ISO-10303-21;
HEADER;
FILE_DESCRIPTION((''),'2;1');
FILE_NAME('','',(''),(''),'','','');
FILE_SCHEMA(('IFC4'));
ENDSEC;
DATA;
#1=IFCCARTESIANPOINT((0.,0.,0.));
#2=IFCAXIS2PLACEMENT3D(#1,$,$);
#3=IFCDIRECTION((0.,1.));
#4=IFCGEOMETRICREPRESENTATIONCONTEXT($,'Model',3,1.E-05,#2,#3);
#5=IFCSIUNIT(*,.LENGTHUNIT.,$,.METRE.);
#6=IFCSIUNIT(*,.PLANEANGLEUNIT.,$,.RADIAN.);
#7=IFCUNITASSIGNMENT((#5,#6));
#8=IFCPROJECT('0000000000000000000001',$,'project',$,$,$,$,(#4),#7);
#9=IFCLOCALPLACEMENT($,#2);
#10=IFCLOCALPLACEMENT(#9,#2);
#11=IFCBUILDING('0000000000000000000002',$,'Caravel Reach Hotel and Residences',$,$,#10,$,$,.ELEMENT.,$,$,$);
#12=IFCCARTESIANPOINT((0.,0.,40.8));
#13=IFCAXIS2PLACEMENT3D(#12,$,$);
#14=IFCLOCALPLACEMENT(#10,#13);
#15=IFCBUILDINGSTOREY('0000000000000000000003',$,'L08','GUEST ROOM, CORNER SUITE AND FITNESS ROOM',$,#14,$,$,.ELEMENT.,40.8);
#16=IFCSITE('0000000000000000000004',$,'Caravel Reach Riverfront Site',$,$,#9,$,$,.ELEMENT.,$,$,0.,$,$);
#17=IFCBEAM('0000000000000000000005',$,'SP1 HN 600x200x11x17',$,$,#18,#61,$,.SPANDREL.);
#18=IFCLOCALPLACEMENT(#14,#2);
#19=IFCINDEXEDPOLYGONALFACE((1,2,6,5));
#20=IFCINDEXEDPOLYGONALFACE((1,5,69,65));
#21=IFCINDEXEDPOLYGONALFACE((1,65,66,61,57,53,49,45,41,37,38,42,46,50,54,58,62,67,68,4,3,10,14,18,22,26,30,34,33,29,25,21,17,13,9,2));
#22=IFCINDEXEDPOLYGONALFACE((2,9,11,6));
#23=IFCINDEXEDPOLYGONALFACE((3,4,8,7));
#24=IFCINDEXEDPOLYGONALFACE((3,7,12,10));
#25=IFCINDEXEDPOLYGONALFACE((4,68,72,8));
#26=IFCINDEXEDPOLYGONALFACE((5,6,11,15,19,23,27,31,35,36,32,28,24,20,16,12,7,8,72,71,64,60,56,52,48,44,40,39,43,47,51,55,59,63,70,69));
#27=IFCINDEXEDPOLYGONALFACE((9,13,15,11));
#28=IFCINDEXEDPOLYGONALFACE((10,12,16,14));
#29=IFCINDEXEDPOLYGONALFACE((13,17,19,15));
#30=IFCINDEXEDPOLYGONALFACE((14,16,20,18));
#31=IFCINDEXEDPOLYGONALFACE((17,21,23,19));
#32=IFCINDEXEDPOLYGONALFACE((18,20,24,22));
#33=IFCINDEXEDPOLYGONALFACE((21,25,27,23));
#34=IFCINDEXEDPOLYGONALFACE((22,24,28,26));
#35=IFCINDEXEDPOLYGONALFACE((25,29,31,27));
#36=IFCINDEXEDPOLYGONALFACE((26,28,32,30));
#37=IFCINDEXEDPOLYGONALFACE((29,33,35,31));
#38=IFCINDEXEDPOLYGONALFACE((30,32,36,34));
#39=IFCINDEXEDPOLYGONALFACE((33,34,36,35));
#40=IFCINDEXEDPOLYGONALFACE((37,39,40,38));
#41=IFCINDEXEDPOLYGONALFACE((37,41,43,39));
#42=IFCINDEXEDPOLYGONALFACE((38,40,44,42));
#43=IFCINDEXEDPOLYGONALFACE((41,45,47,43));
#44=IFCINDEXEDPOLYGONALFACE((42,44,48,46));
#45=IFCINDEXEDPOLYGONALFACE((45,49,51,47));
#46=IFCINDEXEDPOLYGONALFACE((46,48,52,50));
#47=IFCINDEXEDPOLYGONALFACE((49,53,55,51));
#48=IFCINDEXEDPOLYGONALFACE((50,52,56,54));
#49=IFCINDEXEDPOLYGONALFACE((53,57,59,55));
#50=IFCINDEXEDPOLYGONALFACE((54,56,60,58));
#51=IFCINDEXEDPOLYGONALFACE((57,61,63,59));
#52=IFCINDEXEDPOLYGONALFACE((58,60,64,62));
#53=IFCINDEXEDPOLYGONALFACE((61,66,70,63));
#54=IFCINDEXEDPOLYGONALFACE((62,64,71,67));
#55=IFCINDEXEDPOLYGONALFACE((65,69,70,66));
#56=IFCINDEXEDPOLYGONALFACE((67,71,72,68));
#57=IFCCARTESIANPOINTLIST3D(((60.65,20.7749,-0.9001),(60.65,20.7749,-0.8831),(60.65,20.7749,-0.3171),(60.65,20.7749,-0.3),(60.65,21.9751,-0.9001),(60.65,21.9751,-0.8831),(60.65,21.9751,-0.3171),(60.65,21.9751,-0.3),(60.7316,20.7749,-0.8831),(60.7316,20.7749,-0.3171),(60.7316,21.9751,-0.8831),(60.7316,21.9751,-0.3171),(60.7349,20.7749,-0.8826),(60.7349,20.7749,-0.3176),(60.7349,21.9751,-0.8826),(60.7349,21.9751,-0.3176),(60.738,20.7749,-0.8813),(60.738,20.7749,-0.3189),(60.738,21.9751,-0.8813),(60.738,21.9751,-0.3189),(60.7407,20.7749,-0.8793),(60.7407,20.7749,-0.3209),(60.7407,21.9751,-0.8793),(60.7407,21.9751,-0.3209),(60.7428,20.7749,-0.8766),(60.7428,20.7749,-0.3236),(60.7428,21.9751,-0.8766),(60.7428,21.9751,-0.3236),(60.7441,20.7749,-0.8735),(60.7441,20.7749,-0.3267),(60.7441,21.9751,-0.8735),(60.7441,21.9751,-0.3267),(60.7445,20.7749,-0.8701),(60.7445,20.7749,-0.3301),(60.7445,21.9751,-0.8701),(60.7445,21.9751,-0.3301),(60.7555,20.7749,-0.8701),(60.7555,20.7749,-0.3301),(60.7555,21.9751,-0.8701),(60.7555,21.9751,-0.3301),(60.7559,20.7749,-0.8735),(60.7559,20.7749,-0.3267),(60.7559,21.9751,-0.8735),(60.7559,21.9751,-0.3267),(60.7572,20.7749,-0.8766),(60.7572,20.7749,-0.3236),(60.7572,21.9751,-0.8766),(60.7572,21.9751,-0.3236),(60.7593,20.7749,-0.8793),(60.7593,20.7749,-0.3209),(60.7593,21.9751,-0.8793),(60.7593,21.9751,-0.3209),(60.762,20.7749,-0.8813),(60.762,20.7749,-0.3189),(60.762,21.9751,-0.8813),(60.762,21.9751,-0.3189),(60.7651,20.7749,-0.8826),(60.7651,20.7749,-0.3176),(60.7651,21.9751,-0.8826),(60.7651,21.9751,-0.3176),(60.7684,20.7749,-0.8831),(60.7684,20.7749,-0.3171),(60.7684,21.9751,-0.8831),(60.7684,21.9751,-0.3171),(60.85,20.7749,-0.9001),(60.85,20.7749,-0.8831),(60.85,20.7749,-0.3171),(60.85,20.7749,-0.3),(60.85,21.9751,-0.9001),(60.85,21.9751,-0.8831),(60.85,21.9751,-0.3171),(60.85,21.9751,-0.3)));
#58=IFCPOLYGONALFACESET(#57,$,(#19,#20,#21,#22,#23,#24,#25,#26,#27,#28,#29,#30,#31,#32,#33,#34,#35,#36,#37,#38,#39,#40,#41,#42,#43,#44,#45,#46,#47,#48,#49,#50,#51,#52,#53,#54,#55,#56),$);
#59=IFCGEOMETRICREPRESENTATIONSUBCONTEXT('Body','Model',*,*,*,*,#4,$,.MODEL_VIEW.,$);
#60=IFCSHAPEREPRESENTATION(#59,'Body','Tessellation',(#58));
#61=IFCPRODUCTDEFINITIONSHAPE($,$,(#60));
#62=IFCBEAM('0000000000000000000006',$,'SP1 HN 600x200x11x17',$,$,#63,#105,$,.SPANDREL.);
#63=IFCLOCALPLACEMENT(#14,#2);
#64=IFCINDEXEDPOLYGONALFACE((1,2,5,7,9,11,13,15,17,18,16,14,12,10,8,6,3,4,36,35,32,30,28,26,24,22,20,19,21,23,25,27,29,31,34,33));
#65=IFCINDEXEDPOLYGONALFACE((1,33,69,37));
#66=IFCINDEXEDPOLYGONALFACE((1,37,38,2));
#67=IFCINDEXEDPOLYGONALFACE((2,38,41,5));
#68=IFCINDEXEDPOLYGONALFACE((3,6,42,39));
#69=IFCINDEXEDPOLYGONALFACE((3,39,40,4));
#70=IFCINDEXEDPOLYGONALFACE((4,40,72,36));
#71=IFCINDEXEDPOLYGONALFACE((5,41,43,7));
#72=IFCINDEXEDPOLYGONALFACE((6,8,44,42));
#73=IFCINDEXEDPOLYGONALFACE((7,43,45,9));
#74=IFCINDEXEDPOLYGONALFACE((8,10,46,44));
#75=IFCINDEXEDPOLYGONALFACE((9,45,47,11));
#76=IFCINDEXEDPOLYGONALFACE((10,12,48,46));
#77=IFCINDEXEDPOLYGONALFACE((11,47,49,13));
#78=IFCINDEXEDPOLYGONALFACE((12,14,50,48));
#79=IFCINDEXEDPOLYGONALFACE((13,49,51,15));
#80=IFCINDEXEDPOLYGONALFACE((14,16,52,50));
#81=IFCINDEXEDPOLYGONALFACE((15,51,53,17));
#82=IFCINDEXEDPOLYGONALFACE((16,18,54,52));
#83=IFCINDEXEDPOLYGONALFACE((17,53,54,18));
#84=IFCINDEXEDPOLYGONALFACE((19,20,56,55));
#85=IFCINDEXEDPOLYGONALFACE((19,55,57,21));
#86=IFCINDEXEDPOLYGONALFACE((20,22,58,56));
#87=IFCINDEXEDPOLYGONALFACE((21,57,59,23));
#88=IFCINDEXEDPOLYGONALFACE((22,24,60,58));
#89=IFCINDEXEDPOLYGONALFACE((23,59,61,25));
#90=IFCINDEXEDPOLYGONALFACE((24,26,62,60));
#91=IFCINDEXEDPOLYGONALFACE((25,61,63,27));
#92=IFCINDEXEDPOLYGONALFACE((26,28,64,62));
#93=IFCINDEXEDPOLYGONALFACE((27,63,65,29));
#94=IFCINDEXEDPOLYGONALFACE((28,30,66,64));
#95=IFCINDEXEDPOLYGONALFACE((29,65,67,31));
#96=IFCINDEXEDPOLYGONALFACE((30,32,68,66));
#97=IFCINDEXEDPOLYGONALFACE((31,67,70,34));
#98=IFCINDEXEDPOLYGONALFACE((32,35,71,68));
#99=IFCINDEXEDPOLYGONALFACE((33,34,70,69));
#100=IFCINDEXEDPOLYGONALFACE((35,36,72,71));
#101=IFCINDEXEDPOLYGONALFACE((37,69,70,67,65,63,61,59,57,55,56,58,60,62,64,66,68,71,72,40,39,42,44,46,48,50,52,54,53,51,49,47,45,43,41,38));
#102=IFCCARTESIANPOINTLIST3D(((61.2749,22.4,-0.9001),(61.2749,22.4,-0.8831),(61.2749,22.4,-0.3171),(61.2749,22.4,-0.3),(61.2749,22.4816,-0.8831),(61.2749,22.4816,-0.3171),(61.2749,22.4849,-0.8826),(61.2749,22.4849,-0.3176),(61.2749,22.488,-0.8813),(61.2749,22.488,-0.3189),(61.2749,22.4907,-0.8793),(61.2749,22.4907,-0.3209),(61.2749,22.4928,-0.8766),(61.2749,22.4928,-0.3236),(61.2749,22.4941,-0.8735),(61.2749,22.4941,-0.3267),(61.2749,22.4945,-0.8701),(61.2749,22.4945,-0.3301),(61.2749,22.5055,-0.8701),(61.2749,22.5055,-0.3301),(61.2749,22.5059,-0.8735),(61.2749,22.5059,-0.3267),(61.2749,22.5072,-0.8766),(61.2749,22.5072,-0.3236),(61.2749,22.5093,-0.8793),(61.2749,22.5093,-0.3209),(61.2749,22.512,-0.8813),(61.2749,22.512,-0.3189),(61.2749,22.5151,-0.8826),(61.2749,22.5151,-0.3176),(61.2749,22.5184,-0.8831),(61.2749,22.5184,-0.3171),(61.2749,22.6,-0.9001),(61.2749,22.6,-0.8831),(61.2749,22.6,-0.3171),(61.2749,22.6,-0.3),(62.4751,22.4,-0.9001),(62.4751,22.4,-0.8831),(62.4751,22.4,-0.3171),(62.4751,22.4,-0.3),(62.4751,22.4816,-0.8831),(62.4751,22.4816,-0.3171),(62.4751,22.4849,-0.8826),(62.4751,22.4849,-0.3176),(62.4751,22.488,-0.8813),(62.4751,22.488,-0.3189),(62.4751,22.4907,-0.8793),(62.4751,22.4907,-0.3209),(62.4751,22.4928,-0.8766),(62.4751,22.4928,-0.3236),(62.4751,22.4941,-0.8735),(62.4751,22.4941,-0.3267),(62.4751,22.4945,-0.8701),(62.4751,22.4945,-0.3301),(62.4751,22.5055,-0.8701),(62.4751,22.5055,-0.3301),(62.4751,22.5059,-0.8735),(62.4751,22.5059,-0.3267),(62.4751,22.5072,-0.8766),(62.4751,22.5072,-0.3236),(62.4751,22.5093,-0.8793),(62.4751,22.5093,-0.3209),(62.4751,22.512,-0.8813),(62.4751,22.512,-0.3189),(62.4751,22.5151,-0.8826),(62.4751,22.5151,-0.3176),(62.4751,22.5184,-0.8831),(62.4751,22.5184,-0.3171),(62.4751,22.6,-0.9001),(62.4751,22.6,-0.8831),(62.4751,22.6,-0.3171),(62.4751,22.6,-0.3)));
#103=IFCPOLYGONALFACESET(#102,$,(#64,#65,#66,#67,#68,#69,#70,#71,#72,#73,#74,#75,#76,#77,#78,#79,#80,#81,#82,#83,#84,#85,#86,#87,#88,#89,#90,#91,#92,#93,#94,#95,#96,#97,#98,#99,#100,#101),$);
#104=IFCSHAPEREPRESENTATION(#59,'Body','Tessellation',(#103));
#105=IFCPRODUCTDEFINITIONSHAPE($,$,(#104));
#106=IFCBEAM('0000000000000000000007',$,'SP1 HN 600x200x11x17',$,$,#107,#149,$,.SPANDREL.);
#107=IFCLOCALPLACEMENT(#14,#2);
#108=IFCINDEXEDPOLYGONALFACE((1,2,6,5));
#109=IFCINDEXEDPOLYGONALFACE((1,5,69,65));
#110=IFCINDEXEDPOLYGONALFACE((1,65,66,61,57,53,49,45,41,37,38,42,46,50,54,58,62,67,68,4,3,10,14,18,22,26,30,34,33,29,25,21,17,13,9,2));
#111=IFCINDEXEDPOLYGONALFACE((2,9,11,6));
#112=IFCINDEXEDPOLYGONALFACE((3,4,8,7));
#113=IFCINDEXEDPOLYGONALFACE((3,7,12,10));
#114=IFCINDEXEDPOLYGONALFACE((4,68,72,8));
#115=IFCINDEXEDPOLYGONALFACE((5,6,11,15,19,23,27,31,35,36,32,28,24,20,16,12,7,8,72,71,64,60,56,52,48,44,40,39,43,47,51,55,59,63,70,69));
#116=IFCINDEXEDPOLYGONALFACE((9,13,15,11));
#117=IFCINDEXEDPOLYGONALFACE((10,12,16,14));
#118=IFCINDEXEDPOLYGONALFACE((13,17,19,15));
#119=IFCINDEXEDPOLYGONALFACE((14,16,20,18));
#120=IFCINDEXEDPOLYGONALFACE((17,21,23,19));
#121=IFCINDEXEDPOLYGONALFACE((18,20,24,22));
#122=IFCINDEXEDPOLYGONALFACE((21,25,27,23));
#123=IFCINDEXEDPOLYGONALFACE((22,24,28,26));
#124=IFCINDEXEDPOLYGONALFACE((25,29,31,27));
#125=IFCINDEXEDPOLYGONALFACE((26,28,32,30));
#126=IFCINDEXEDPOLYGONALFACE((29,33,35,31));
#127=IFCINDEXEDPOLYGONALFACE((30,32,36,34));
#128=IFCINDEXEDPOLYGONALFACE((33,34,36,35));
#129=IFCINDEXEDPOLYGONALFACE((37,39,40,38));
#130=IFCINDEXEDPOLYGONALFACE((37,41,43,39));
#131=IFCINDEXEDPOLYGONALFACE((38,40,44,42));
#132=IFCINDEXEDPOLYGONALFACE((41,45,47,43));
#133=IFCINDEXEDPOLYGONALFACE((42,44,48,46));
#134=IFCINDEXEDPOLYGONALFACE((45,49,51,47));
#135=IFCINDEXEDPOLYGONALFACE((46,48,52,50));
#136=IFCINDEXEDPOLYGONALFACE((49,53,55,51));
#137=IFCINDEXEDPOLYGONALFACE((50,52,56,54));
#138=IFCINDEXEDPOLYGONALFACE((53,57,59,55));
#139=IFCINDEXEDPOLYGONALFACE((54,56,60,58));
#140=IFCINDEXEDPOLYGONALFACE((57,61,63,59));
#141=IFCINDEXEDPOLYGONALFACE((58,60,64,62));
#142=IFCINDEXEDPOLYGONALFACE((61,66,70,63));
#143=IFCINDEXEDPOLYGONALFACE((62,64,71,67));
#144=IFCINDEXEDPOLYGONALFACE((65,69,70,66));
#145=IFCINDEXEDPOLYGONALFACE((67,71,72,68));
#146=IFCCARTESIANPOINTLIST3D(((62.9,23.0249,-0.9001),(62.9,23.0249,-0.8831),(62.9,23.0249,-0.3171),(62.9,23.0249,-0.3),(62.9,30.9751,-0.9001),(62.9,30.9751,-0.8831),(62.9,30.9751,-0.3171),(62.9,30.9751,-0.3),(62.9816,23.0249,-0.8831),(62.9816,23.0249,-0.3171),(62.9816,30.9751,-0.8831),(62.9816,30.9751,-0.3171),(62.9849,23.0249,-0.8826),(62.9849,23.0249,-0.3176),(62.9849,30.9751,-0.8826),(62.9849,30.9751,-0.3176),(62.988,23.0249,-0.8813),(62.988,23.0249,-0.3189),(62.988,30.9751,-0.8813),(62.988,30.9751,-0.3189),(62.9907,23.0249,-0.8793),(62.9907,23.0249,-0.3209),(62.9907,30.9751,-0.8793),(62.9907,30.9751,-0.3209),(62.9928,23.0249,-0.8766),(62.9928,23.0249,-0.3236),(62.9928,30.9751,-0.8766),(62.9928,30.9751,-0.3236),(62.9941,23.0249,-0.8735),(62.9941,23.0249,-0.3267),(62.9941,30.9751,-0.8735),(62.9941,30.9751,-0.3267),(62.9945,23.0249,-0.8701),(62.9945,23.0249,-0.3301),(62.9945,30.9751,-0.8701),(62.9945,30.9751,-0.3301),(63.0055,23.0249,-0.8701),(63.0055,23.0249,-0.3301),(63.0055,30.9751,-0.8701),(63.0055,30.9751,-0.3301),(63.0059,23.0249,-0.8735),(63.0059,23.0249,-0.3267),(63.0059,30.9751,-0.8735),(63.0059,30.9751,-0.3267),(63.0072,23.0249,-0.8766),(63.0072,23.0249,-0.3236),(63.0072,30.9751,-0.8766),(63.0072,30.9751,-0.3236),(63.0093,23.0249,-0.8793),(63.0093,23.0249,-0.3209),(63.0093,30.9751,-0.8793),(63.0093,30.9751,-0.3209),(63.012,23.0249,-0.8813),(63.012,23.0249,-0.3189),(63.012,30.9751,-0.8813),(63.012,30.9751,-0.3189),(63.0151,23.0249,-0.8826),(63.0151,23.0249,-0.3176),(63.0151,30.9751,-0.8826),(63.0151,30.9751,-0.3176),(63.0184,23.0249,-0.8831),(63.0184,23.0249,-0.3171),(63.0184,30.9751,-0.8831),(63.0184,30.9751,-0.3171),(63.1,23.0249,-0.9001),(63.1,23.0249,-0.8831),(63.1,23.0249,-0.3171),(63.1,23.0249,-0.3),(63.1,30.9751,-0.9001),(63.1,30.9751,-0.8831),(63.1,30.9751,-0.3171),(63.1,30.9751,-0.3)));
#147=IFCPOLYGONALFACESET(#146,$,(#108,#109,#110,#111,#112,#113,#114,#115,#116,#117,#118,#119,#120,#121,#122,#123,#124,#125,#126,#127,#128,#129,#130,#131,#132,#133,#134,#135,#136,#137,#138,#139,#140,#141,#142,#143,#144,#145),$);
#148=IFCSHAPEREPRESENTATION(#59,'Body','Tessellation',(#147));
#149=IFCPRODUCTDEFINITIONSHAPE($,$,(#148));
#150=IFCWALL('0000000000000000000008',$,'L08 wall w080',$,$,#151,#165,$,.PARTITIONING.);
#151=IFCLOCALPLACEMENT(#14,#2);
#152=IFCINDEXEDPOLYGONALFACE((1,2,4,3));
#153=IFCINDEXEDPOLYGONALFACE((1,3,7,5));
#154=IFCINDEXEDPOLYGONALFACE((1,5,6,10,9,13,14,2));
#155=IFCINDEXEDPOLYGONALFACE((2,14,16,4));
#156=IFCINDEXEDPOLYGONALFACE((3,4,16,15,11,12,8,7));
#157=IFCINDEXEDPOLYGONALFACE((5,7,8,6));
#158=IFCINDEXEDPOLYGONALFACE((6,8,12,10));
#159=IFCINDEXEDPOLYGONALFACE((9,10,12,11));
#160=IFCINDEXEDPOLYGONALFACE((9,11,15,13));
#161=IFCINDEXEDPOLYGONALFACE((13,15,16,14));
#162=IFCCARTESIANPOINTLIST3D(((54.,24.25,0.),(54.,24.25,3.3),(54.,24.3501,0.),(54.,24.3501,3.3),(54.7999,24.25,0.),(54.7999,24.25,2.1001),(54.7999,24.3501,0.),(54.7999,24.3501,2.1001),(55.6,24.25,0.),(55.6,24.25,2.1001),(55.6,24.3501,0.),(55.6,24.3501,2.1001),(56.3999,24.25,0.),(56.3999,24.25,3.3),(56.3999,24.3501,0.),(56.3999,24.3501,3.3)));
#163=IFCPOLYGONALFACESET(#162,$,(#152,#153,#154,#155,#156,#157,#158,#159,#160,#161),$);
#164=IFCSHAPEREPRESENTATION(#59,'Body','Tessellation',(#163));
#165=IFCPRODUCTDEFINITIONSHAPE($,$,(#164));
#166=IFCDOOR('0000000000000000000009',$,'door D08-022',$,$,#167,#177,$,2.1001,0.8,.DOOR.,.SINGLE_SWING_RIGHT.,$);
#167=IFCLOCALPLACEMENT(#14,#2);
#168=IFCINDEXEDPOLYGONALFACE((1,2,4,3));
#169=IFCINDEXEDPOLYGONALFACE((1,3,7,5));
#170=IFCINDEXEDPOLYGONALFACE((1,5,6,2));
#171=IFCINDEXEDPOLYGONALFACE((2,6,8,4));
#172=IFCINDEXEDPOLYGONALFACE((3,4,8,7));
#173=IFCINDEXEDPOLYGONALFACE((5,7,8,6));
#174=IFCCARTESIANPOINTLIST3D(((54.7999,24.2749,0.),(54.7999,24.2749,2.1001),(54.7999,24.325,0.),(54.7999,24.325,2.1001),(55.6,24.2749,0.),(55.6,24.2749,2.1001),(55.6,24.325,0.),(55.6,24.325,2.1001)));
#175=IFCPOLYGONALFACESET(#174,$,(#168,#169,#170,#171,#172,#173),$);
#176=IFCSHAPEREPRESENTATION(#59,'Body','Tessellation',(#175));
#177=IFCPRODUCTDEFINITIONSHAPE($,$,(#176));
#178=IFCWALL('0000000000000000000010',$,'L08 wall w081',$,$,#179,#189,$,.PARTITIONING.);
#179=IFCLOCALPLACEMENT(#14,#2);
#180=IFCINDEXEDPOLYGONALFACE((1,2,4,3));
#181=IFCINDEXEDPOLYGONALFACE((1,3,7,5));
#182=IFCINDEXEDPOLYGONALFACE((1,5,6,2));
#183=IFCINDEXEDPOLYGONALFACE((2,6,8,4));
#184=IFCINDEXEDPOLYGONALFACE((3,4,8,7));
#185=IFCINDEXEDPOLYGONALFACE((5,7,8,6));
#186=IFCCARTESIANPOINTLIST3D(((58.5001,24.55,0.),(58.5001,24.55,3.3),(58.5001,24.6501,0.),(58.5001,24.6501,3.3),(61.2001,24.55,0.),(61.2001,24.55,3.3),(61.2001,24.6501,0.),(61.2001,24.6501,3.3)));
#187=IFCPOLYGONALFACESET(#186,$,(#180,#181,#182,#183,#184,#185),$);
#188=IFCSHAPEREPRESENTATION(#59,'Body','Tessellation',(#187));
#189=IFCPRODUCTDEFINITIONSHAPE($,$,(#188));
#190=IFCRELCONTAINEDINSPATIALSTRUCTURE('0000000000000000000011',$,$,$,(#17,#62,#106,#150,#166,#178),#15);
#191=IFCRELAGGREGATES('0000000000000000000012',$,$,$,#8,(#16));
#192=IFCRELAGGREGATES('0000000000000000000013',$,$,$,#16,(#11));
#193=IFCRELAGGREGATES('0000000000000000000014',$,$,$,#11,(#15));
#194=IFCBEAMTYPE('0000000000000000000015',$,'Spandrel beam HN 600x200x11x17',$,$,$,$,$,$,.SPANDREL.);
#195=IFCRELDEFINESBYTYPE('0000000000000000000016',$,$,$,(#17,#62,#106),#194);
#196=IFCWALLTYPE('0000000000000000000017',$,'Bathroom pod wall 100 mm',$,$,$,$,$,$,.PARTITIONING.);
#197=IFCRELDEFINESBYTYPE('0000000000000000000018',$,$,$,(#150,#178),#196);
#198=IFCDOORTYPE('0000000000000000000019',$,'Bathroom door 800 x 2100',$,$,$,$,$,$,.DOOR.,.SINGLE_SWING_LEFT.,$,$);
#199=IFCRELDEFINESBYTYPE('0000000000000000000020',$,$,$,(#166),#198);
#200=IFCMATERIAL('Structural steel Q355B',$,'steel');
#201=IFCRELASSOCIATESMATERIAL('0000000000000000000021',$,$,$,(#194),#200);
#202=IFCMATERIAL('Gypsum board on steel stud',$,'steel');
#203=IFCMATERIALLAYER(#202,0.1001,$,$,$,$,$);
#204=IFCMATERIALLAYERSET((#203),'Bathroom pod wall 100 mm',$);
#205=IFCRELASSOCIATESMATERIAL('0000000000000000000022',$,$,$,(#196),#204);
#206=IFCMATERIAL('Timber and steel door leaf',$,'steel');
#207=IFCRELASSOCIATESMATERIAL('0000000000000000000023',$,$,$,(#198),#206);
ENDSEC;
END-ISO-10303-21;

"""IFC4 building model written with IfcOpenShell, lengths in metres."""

from ifc_helpers import new_model, si_unit, direction, frame, frame_2d, origin, origin_2d, place, context, subcontext, project, spatial, rectangle, i_section, extrude, material, layer, layer_set, material_profile, profile_set, type_object, element, fill, save


model = new_model("IFC4")

# Units and contexts
model_context = context("Model", 3, precision=1e-05, world=origin(), true_north=direction((0.0, 1.0)))
body_context = subcontext(model_context, "Body", "Model", "MODEL_VIEW")
ifc_project = project(units=[si_unit("LENGTHUNIT", "METRE"), si_unit("PLANEANGLEUNIT", "RADIAN")], contexts=[model_context])

# Site, building, storey
site_placement = place(None, origin())
site = spatial("IfcSite", under=ifc_project, at=site_placement, Name="Caravel Reach Riverfront Site", CompositionType="ELEMENT", RefElevation=0.0)
building_placement = place(site_placement, origin())
building = spatial("IfcBuilding", under=site, at=building_placement, Name="Caravel Reach Hotel and Residences", CompositionType="ELEMENT")
storey_placement = place(building_placement, frame((0.0, 0.0, 40.8)))
storey = spatial("IfcBuildingStorey", under=building, at=storey_placement, Name="L08", Description="GUEST ROOM, CORNER SUITE AND FITNESS ROOM", CompositionType="ELEMENT", Elevation=40.8)

# Beams
ifc_material_1 = material(Name="Structural steel Q355B", Category="steel")
ifc_material_profile_1 = material_profile(ifc_material_1, i_section(OverallWidth=0.2, OverallDepth=0.6001, WebThickness=0.011, FlangeThickness=0.0171, FilletRadius=0.0129, at=origin_2d()), Name="HN 600x200x11x17")
ifc_profile_set_1 = profile_set([ifc_material_profile_1], Name="Structural steel Q355B")
beam_type = type_object("IfcBeamType", Name="Spandrel beam HN 600x200x11x17", PredefinedType="SPANDREL", material=ifc_profile_set_1)
for number, where, z_axis, x_axis, name in (
    (1, (60.75, 20.7749, -0.6001), (0.0, 1.0, 0.0), (-1.0, 0.0, 0.0), "SP1 HN 600x200x11x17"),
    (2, (61.2749, 22.5, -0.6001), (1.0, 0.0, 0.0), (0.0, 1.0, 0.0), "SP1 HN 600x200x11x17"),
):
    element("IfcBeam", number, at=place(storey_placement, frame(where, z_axis=z_axis, x_axis=x_axis)), inside=storey, type_object=beam_type, Name=name, PredefinedType="SPANDREL", context=body_context, shape_type="SweptSolid", body=[
        extrude(i_section(OverallWidth=0.2, OverallDepth=0.6001, WebThickness=0.011, FlangeThickness=0.0171, FilletRadius=0.0129, at=origin_2d()), origin(), (0.0, 0.0, 1.0), 1.2002),
    ])
beam_placement = place(storey_placement, frame((63.0, 23.0249, -0.6001), z_axis=(0.0, 1.0, 0.0), x_axis=(-1.0, 0.0, 0.0)))
element("IfcBeam", 3, at=beam_placement, inside=storey, type_object=beam_type, Name="SP1 HN 600x200x11x17", PredefinedType="SPANDREL", context=body_context, shape_type="SweptSolid", body=[
    extrude(i_section(OverallWidth=0.2, OverallDepth=0.6001, WebThickness=0.011, FlangeThickness=0.0171, FilletRadius=0.0129, at=origin_2d()), origin(), (0.0, 0.0, 1.0), 7.9502),
])

# Wall, opening, door
ifc_material_2 = material(Name="Gypsum board on steel stud", Category="steel")
ifc_layer_1 = layer(ifc_material_2, 0.1001)
ifc_layer_set_1 = layer_set([ifc_layer_1], Name="Bathroom pod wall 100 mm")
wall_type_1 = type_object("IfcWallType", Name="Bathroom pod wall 100 mm", PredefinedType="PARTITIONING", material=ifc_layer_set_1)
wall_1_placement = place(storey_placement, frame((54.0, 24.3, 0.0), z_axis=(0.0, 0.0, 1.0), x_axis=(1.0, 0.0, 0.0)))
wall_1 = element("IfcWall", 4, at=wall_1_placement, inside=storey, type_object=wall_type_1, Name="L08 wall w080", PredefinedType="PARTITIONING", context=body_context, shape_type="SweptSolid", body=[
    extrude(rectangle(XDim=2.3999, YDim=0.1001, at=frame_2d((1.2, 0.0))), origin(), (0.0, 0.0, 1.0), 3.3),
])
opening_1_placement = place(wall_1_placement, frame((0.8, 0.0, 0.0)))
opening_1 = element("IfcOpeningElement", 5, at=opening_1_placement, cuts=wall_1, PredefinedType="OPENING", context=body_context, shape_type="SweptSolid", body=[
    extrude(rectangle(XDim=0.8, YDim=2.1001, at=frame_2d((0.3999, 1.05))), frame((0.0, 0.0601, 0.0), z_axis=(0.0, -1.0, 0.0), x_axis=(1.0, 0.0, 0.0)), (0.0, 0.0, 1.0), 0.1201),
])
ifc_material_3 = material(Name="Timber and steel door leaf", Category="steel")
door_type = type_object("IfcDoorType", Name="Bathroom door 800 x 2100", OperationType="SINGLE_SWING_LEFT", PredefinedType="DOOR", material=ifc_material_3)
door_1_placement = place(opening_1_placement, origin())
door_1 = element("IfcDoor", 6, at=door_1_placement, inside=storey, type_object=door_type, Name="door D08-022", OperationType="SINGLE_SWING_RIGHT", OverallHeight=2.1001, OverallWidth=0.8, PredefinedType="DOOR", context=body_context, shape_type="SweptSolid", body=[
    extrude(rectangle(XDim=0.8, YDim=2.1001, at=frame_2d((0.3999, 1.05))), frame((0.0, 0.0249, 0.0), z_axis=(0.0, -1.0, 0.0), x_axis=(1.0, 0.0, 0.0)), (0.0, 0.0, 1.0), 0.05),
])
fill(opening_1, door_1)

# Wall
for number, where, z_axis, x_axis, name in (
    (7, (58.5, 24.6001, 0.0), (0.0, 0.0, 1.0), (1.0, 0.0, 0.0), "L08 wall w081"),
):
    element("IfcWall", number, at=place(storey_placement, frame(where, z_axis=z_axis, x_axis=x_axis)), inside=storey, type_object=wall_type_1, Name=name, PredefinedType="PARTITIONING", context=body_context, shape_type="SweptSolid", body=[
        extrude(rectangle(XDim=2.7, YDim=0.1001, at=frame_2d((1.3501, 0.0))), origin(), (0.0, 0.0, 1.0), 3.3),
    ])

save(model, "model.ifc")
